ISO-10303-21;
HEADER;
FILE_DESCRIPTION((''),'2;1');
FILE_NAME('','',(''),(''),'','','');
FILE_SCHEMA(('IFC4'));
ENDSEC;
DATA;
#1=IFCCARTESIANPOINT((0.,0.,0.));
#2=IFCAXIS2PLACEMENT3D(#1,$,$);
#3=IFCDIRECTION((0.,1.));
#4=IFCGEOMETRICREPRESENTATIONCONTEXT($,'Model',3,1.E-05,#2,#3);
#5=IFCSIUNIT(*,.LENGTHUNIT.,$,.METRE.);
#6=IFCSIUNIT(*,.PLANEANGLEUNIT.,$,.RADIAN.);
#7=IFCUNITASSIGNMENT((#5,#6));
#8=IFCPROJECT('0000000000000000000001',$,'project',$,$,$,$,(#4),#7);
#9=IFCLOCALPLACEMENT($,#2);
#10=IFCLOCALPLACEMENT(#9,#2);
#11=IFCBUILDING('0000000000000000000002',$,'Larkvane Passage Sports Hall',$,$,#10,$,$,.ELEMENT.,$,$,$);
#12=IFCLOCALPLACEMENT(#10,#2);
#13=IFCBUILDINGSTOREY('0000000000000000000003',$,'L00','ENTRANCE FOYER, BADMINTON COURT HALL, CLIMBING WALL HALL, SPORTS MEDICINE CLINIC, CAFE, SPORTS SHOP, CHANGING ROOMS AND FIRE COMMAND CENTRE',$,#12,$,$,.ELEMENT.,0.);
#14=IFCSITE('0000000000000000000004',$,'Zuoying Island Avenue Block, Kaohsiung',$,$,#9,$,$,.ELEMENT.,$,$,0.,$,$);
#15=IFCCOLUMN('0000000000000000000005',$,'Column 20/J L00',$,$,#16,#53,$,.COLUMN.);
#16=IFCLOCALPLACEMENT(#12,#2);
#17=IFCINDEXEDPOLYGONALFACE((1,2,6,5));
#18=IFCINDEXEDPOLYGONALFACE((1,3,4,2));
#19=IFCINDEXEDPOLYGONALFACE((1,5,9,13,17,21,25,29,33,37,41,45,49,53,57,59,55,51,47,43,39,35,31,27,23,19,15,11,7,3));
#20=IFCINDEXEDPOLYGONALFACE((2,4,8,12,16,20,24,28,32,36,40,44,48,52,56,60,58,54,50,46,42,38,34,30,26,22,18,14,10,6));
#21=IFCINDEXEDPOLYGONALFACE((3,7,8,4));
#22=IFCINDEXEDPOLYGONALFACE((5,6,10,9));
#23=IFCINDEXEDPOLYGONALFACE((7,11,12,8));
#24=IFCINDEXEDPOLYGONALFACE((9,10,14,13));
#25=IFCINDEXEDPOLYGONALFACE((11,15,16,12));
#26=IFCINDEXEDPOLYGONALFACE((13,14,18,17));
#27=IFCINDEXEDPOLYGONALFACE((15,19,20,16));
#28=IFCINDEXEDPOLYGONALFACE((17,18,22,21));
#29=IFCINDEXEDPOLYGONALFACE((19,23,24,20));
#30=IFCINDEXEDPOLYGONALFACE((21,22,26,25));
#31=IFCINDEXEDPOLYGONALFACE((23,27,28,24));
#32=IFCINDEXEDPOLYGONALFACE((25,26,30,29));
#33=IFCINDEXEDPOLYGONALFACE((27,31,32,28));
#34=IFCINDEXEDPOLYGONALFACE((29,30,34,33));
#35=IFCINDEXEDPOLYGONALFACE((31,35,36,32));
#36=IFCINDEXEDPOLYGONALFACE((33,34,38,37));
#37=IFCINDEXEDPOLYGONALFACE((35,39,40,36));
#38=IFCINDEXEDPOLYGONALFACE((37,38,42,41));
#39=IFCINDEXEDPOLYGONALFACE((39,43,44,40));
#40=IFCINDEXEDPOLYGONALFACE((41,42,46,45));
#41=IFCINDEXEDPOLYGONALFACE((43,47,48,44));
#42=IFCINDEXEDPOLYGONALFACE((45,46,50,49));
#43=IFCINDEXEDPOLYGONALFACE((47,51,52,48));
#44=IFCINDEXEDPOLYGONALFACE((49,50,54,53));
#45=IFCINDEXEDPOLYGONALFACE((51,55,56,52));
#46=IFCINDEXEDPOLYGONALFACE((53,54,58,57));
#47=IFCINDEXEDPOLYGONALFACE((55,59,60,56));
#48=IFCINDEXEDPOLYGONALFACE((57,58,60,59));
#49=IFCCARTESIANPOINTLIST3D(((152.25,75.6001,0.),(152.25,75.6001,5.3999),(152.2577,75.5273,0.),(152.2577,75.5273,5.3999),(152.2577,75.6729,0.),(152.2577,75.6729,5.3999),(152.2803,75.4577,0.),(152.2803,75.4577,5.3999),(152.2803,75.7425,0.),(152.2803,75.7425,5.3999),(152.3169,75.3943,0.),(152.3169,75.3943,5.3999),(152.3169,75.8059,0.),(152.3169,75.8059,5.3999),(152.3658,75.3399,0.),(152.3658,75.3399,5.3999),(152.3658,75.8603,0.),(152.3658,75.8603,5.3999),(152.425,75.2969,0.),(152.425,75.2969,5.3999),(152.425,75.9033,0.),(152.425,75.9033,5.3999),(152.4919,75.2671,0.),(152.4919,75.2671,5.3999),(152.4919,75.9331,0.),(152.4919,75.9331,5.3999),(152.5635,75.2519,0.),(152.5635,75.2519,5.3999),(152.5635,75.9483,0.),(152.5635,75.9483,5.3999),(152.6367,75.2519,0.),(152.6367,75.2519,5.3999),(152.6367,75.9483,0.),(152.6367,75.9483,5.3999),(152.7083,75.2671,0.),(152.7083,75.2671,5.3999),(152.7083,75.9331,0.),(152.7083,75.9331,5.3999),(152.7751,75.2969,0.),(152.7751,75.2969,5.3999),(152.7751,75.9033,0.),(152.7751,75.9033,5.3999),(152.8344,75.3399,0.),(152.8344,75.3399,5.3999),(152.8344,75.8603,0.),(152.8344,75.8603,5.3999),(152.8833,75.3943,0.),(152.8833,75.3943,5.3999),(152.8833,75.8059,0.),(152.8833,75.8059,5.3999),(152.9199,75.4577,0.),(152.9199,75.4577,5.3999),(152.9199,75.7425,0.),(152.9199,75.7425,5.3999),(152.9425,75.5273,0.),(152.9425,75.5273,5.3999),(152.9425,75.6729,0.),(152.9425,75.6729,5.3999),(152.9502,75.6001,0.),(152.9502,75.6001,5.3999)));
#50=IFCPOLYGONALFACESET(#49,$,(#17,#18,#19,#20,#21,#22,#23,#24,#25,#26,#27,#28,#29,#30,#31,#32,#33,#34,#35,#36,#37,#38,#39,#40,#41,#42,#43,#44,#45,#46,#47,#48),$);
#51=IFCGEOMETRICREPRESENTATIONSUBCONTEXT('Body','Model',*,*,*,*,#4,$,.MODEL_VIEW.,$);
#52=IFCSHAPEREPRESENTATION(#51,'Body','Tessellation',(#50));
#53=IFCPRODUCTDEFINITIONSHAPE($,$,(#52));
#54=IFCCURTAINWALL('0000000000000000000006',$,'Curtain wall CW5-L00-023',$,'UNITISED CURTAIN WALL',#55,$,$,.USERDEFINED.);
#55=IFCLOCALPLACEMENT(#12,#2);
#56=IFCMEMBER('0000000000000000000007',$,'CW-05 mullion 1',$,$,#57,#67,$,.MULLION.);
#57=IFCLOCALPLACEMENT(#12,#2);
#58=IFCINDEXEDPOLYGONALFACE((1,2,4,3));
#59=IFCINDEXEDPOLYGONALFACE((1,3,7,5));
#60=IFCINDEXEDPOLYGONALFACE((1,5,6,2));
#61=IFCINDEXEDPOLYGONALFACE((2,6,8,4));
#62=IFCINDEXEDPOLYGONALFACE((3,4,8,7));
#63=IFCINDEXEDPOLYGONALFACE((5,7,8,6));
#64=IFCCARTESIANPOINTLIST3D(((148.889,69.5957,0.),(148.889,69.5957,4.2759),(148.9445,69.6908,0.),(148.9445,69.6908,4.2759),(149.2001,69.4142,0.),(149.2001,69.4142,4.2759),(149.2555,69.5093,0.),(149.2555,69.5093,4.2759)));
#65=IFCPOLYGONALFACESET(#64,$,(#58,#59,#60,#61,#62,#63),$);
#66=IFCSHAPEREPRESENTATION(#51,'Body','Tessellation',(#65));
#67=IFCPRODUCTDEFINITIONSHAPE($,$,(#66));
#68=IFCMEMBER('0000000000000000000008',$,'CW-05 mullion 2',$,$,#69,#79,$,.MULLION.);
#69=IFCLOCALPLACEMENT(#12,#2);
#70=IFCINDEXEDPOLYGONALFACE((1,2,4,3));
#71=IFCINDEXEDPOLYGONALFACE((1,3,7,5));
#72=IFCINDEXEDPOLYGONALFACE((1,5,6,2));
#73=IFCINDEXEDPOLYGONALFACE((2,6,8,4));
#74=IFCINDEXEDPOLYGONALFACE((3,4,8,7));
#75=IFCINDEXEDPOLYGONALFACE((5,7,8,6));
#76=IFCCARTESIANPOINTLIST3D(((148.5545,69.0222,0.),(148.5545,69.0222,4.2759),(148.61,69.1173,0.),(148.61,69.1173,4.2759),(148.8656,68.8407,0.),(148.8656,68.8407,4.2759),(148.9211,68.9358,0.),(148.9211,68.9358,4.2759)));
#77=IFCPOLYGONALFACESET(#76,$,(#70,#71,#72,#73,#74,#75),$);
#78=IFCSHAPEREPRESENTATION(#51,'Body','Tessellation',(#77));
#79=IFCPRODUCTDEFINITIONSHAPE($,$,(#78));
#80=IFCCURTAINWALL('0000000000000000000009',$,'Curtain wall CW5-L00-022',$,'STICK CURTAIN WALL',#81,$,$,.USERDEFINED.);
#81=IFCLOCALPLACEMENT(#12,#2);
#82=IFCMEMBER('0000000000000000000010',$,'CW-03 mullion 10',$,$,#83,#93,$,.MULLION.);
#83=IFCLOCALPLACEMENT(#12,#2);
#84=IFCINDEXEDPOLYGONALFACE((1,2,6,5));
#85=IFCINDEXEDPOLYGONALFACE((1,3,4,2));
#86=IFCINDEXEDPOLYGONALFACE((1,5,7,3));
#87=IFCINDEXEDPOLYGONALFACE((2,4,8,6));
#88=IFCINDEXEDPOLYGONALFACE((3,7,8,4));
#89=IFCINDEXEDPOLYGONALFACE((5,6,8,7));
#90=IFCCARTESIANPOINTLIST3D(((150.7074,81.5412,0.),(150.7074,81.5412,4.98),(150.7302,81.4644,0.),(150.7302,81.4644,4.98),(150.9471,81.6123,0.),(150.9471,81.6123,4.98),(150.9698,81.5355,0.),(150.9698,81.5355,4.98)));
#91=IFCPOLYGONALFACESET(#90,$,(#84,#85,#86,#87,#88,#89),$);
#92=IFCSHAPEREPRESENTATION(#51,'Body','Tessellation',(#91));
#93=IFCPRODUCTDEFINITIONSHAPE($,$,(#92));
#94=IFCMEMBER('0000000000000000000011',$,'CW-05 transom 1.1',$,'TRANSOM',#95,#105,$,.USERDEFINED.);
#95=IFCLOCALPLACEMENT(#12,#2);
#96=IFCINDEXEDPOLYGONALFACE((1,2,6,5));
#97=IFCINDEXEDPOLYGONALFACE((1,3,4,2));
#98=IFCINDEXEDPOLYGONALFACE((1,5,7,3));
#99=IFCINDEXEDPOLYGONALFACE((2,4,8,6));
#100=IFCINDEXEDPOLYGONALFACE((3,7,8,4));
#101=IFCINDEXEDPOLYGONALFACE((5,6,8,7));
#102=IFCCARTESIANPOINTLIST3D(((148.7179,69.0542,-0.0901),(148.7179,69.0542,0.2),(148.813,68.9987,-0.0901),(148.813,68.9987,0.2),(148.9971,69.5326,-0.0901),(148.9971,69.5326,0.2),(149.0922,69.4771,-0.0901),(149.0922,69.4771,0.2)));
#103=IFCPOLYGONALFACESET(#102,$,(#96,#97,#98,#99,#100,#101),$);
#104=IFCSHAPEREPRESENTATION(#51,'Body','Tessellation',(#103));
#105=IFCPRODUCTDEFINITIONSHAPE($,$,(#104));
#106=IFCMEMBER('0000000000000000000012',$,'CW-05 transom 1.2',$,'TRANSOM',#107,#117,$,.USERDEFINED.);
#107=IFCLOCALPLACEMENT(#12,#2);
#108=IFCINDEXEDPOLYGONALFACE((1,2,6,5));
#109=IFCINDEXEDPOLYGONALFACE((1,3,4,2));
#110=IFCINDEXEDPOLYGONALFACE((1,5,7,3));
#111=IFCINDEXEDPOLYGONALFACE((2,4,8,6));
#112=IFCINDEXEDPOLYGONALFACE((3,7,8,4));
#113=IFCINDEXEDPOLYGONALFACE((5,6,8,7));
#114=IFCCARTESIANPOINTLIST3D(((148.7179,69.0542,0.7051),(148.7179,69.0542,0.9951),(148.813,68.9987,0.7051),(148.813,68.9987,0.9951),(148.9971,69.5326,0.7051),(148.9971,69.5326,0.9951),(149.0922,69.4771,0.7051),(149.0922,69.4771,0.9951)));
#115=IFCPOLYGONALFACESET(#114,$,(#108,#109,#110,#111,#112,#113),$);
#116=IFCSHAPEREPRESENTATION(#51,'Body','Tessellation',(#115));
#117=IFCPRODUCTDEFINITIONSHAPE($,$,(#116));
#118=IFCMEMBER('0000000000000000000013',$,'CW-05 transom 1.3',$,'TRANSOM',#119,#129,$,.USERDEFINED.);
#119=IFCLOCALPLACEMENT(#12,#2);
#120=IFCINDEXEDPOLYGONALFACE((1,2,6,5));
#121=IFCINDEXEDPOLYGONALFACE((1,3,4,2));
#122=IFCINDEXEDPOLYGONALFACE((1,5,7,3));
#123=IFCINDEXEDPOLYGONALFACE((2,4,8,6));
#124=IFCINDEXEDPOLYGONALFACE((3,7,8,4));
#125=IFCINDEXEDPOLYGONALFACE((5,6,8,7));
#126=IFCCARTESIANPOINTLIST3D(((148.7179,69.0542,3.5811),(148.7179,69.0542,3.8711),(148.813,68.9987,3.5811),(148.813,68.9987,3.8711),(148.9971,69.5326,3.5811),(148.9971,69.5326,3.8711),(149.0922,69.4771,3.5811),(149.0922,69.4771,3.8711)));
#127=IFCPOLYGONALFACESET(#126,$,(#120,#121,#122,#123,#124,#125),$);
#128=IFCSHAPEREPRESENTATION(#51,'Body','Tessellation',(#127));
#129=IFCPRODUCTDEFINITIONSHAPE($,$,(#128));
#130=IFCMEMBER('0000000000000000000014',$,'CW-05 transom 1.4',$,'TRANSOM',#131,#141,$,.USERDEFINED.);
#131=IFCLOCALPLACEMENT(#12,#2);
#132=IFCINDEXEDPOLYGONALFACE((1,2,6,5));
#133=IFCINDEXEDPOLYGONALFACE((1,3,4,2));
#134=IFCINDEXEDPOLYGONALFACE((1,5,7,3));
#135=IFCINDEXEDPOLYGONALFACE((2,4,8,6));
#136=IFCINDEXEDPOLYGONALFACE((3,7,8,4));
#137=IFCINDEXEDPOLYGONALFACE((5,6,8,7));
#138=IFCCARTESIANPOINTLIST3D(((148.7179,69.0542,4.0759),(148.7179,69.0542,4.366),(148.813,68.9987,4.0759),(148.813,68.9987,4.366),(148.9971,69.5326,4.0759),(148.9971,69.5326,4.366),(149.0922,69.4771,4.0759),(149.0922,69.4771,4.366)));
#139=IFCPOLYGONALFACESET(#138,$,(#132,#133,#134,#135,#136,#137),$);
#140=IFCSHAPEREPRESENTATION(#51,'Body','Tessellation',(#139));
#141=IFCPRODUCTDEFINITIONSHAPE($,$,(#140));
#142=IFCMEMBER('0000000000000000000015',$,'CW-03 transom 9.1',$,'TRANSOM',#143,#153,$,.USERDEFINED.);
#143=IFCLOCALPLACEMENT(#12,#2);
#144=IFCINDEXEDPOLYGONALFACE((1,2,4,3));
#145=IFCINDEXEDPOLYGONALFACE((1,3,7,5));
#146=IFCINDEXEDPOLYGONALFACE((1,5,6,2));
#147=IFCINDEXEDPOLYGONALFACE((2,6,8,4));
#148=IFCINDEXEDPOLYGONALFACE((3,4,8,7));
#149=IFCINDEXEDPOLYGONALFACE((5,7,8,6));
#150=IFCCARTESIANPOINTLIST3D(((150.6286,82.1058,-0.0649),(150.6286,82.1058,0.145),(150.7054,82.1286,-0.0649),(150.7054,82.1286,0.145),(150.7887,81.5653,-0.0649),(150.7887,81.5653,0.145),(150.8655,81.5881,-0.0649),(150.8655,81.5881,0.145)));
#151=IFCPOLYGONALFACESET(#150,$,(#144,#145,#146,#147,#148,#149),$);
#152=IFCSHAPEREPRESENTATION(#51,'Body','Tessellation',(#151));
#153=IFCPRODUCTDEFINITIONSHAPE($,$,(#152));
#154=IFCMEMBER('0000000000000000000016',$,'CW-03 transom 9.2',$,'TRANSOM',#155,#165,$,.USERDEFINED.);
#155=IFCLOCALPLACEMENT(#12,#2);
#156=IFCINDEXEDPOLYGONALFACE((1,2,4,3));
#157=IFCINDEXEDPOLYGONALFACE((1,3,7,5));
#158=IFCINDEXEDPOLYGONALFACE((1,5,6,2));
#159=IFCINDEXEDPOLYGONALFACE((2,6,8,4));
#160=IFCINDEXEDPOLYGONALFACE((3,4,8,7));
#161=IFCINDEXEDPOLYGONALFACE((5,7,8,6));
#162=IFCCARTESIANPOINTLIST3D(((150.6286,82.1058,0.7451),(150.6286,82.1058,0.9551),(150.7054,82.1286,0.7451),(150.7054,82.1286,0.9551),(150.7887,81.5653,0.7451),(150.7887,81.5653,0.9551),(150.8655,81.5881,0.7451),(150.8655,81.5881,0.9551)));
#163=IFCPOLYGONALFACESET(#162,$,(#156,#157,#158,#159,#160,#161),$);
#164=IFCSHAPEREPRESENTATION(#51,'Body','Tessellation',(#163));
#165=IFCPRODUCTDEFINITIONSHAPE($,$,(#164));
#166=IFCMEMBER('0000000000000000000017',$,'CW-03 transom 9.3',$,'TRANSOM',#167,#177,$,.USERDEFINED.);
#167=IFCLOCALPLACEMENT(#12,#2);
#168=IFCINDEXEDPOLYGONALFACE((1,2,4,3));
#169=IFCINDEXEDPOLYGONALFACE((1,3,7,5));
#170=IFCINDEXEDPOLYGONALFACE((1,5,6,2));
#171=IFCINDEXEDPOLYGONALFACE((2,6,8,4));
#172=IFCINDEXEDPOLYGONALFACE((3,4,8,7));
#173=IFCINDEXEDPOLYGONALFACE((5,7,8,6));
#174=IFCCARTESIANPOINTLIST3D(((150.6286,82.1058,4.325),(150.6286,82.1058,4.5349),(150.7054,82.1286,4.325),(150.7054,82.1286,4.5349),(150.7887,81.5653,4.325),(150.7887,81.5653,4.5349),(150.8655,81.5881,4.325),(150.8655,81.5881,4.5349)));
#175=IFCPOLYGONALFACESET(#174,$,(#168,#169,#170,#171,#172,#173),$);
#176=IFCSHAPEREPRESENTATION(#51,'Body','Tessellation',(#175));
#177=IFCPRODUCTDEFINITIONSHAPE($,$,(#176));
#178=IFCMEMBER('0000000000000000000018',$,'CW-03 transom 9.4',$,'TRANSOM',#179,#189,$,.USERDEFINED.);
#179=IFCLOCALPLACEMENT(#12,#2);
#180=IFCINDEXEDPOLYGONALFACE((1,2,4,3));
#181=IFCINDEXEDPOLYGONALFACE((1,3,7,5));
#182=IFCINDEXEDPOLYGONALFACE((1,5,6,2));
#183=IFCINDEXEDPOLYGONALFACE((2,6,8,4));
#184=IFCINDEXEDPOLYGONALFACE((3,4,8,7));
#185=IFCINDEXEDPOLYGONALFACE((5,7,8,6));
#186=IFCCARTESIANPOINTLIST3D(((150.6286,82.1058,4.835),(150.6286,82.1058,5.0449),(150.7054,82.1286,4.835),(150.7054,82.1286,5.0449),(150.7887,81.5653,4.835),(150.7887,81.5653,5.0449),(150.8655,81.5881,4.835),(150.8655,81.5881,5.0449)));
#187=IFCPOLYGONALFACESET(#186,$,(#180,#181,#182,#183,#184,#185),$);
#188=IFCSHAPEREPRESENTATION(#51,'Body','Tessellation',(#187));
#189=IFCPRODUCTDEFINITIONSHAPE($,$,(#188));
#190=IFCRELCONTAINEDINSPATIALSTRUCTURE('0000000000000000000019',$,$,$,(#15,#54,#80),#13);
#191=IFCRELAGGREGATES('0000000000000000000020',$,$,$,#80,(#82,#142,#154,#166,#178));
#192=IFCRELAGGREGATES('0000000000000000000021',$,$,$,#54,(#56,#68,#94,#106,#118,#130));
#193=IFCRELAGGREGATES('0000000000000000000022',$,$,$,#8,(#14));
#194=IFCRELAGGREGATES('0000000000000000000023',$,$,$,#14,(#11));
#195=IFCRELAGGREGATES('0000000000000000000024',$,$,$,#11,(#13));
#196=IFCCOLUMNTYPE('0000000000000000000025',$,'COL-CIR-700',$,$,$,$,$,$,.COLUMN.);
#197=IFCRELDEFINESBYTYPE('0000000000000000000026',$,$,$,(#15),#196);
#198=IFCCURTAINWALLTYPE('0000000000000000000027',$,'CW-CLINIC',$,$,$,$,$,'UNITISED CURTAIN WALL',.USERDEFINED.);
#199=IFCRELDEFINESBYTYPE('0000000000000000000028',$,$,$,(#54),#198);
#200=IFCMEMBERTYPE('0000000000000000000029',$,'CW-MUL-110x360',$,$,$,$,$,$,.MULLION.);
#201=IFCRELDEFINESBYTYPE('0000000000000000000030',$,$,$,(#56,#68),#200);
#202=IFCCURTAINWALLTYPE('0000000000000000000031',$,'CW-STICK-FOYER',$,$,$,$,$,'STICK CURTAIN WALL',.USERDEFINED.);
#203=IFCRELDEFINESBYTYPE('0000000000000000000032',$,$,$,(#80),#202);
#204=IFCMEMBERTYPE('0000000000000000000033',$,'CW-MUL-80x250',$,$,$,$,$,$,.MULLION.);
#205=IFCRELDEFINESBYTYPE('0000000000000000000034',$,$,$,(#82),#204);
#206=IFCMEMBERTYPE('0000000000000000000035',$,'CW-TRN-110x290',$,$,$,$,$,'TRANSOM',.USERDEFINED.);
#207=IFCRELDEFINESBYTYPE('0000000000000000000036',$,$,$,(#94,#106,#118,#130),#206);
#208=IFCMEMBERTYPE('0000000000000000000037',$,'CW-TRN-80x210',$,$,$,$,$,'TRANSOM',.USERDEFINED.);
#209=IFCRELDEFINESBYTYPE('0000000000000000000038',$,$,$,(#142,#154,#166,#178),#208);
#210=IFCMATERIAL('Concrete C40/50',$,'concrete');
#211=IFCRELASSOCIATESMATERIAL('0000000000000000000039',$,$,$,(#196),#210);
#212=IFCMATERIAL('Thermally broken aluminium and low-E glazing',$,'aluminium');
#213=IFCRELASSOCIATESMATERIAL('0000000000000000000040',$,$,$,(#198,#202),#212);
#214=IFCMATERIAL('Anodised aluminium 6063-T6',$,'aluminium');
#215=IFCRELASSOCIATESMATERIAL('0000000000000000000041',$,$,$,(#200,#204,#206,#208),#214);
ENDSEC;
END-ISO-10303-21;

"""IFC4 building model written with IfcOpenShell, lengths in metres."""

from ifc_helpers import new_model, si_unit, direction, frame, origin, origin_2d, place, context, subcontext, project, spatial, rectangle, circle, extrude, material, material_profile, profile_set, type_object, element, aggregate, save


model = new_model("IFC4")

# Units and contexts
model_context = context("Model", 3, precision=1e-05, world=origin(), true_north=direction((0.0, 1.0)))
body_context = subcontext(model_context, "Body", "Model", "MODEL_VIEW")
ifc_project = project(units=[si_unit("LENGTHUNIT", "METRE"), si_unit("PLANEANGLEUNIT", "RADIAN")], contexts=[model_context])

# Site, building, storey
site_placement = place(None, origin())
site = spatial("IfcSite", under=ifc_project, at=site_placement, Name="Zuoying Island Avenue Block, Kaohsiung", CompositionType="ELEMENT", RefElevation=0.0)
building_placement = place(site_placement, origin())
building = spatial("IfcBuilding", under=site, at=building_placement, Name="Larkvane Passage Sports Hall", CompositionType="ELEMENT")
storey_placement = place(building_placement, origin())
storey = spatial("IfcBuildingStorey", under=building, at=storey_placement, Name="L00", Description="ENTRANCE FOYER, BADMINTON COURT HALL, CLIMBING WALL HALL, SPORTS MEDICINE CLINIC, CAFE, SPORTS SHOP, CHANGING ROOMS AND FIRE COMMAND CENTRE", CompositionType="ELEMENT", Elevation=0.0)

# Column
ifc_material_1 = material(Name="Concrete C40/50", Category="concrete")
ifc_material_profile_1 = material_profile(ifc_material_1, circle(Radius=0.3501, at=origin_2d()), Name="RC-CIR-700")
ifc_profile_set_1 = profile_set([ifc_material_profile_1], Name="Concrete C40/50")
column_type = type_object("IfcColumnType", Name="COL-CIR-700", PredefinedType="COLUMN", material=ifc_profile_set_1)
column_placement = place(storey_placement, frame((152.6001, 75.6001, 0.0), z_axis=(0.0, 0.0, 1.0), x_axis=(1.0, 0.0, 0.0)))
element("IfcColumn", 1, at=column_placement, inside=storey, type_object=column_type, Name="Column 20/J L00", PredefinedType="COLUMN", context=body_context, shape_type="SweptSolid", body=[
    extrude(circle(Radius=0.3501, at=origin_2d()), origin(), (0.0, 0.0, 1.0), 5.3999),
])

# Curtain wall, members
ifc_material_2 = material(Name="Thermally broken aluminium and low-E glazing", Category="aluminium")
curtain_wall_type_1 = type_object("IfcCurtainWallType", Name="CW-CLINIC", ElementType="UNITISED CURTAIN WALL", PredefinedType="USERDEFINED", material=ifc_material_2)
curtain_wall_1_placement = place(storey_placement, origin())
curtain_wall_1 = element("IfcCurtainWall", 2, at=curtain_wall_1_placement, inside=storey, type_object=curtain_wall_type_1, Name="Curtain wall CW5-L00-023", ObjectType="UNITISED CURTAIN WALL", PredefinedType="USERDEFINED")
ifc_material_3 = material(Name="Anodised aluminium 6063-T6", Category="aluminium")
ifc_material_profile_2 = material_profile(ifc_material_3, rectangle(XDim=0.1101, YDim=0.3601, at=origin_2d()), Name="ALU-MUL-110x360")
ifc_profile_set_2 = profile_set([ifc_material_profile_2], Name="Anodised aluminium 6063-T6")
member_type_1 = type_object("IfcMemberType", Name="CW-MUL-110x360", PredefinedType="MULLION", material=ifc_profile_set_2)
member_1_placement = place(storey_placement, frame((149.0723, 69.5525, 0.0), z_axis=(0.0, 0.0, 1.0), x_axis=(-0.503867, -0.863781, 0.0)))
member_1 = element("IfcMember", 3, at=member_1_placement, type_object=member_type_1, Name="CW-05 mullion 1", PredefinedType="MULLION", context=body_context, shape_type="SweptSolid", body=[
    extrude(rectangle(XDim=0.1101, YDim=0.3601, at=origin_2d()), origin(), (0.0, 0.0, 1.0), 4.2759),
])
member_2_placement = place(storey_placement, frame((148.7378, 68.979, 0.0), z_axis=(0.0, 0.0, 1.0), x_axis=(-0.503867, -0.863781, 0.0)))
member_2 = element("IfcMember", 4, at=member_2_placement, type_object=member_type_1, Name="CW-05 mullion 2", PredefinedType="MULLION", context=body_context, shape_type="SweptSolid", body=[
    extrude(rectangle(XDim=0.1101, YDim=0.3601, at=origin_2d()), origin(), (0.0, 0.0, 1.0), 4.2759),
])

# Curtain wall, member
curtain_wall_type_2 = type_object("IfcCurtainWallType", Name="CW-STICK-FOYER", ElementType="STICK CURTAIN WALL", PredefinedType="USERDEFINED", material=ifc_material_2)
curtain_wall_2_placement = place(storey_placement, origin())
curtain_wall_2 = element("IfcCurtainWall", 5, at=curtain_wall_2_placement, inside=storey, type_object=curtain_wall_type_2, Name="Curtain wall CW5-L00-022", ObjectType="STICK CURTAIN WALL", PredefinedType="USERDEFINED")
ifc_material_profile_3 = material_profile(ifc_material_3, rectangle(XDim=0.0801, YDim=0.25, at=origin_2d()), Name="ALU-MUL-80x250")
ifc_profile_set_3 = profile_set([ifc_material_profile_3], Name="Anodised aluminium 6063-T6")
member_type_2 = type_object("IfcMemberType", Name="CW-MUL-80x250", PredefinedType="MULLION", material=ifc_profile_set_3)
member_3_placement = place(storey_placement, frame((150.8386, 81.5383, 0.0), z_axis=(0.0, 0.0, 1.0), x_axis=(0.284365, -0.958716, 0.0)))
member_3 = element("IfcMember", 6, at=member_3_placement, type_object=member_type_2, Name="CW-03 mullion 10", PredefinedType="MULLION", context=body_context, shape_type="SweptSolid", body=[
    extrude(rectangle(XDim=0.0801, YDim=0.25, at=origin_2d()), origin(), (0.0, 0.0, 1.0), 4.98),
])

# Members
ifc_material_profile_4 = material_profile(ifc_material_3, rectangle(XDim=0.1101, YDim=0.29, at=origin_2d()), Name="ALU-TRN-110x290")
ifc_profile_set_4 = profile_set([ifc_material_profile_4], Name="Anodised aluminium 6063-T6")
member_type_3 = type_object("IfcMemberType", Name="CW-TRN-110x290", ElementType="TRANSOM", PredefinedType="USERDEFINED", material=ifc_profile_set_4)
member_4_placement = place(storey_placement, frame((149.0447, 69.5049, 0.0549), z_axis=(-0.50409, -0.863651, 0.0), x_axis=(0.863651, -0.50409, 0.0)))
member_4 = element("IfcMember", 7, at=member_4_placement, type_object=member_type_3, Name="CW-05 transom 1.1", ObjectType="TRANSOM", PredefinedType="USERDEFINED", context=body_context, shape_type="SweptSolid", body=[
    extrude(rectangle(XDim=0.1101, YDim=0.29, at=origin_2d()), origin(), (0.0, 0.0, 1.0), 0.554),
])
member_5_placement = place(storey_placement, frame((149.0447, 69.5049, 0.8501), z_axis=(-0.50409, -0.863651, 0.0), x_axis=(0.863651, -0.50409, 0.0)))
member_5 = element("IfcMember", 8, at=member_5_placement, type_object=member_type_3, Name="CW-05 transom 1.2", ObjectType="TRANSOM", PredefinedType="USERDEFINED", context=body_context, shape_type="SweptSolid", body=[
    extrude(rectangle(XDim=0.1101, YDim=0.29, at=origin_2d()), origin(), (0.0, 0.0, 1.0), 0.554),
])
member_6_placement = place(storey_placement, frame((149.0447, 69.5049, 3.7261), z_axis=(-0.50409, -0.863651, 0.0), x_axis=(0.863651, -0.50409, 0.0)))
member_6 = element("IfcMember", 9, at=member_6_placement, type_object=member_type_3, Name="CW-05 transom 1.3", ObjectType="TRANSOM", PredefinedType="USERDEFINED", context=body_context, shape_type="SweptSolid", body=[
    extrude(rectangle(XDim=0.1101, YDim=0.29, at=origin_2d()), origin(), (0.0, 0.0, 1.0), 0.554),
])
member_7_placement = place(storey_placement, frame((149.0447, 69.5049, 4.2209), z_axis=(-0.50409, -0.863651, 0.0), x_axis=(0.863651, -0.50409, 0.0)))
member_7 = element("IfcMember", 10, at=member_7_placement, type_object=member_type_3, Name="CW-05 transom 1.4", ObjectType="TRANSOM", PredefinedType="USERDEFINED", context=body_context, shape_type="SweptSolid", body=[
    extrude(rectangle(XDim=0.1101, YDim=0.29, at=origin_2d()), origin(), (0.0, 0.0, 1.0), 0.554),
])
ifc_material_profile_5 = material_profile(ifc_material_3, rectangle(XDim=0.0801, YDim=0.21, at=origin_2d()), Name="ALU-TRN-80x210")
ifc_profile_set_5 = profile_set([ifc_material_profile_5], Name="Anodised aluminium 6063-T6")
member_type_4 = type_object("IfcMemberType", Name="CW-TRN-80x210", ElementType="TRANSOM", PredefinedType="USERDEFINED", material=ifc_profile_set_5)
member_8_placement = place(storey_placement, frame((150.667, 82.1172, 0.04), z_axis=(0.284088, -0.958798, 0.0), x_axis=(0.958798, 0.284088, 0.0)))
member_8 = element("IfcMember", 11, at=member_8_placement, type_object=member_type_4, Name="CW-03 transom 9.1", ObjectType="TRANSOM", PredefinedType="USERDEFINED", context=body_context, shape_type="SweptSolid", body=[
    extrude(rectangle(XDim=0.0801, YDim=0.21, at=origin_2d()), origin(), (0.0, 0.0, 1.0), 0.5637),
])
member_9_placement = place(storey_placement, frame((150.667, 82.1172, 0.8501), z_axis=(0.284088, -0.958798, 0.0), x_axis=(0.958798, 0.284088, 0.0)))
member_9 = element("IfcMember", 12, at=member_9_placement, type_object=member_type_4, Name="CW-03 transom 9.2", ObjectType="TRANSOM", PredefinedType="USERDEFINED", context=body_context, shape_type="SweptSolid", body=[
    extrude(rectangle(XDim=0.0801, YDim=0.21, at=origin_2d()), origin(), (0.0, 0.0, 1.0), 0.5637),
])
member_10_placement = place(storey_placement, frame((150.667, 82.1172, 4.4299), z_axis=(0.284088, -0.958798, 0.0), x_axis=(0.958798, 0.284088, 0.0)))
member_10 = element("IfcMember", 13, at=member_10_placement, type_object=member_type_4, Name="CW-03 transom 9.3", ObjectType="TRANSOM", PredefinedType="USERDEFINED", context=body_context, shape_type="SweptSolid", body=[
    extrude(rectangle(XDim=0.0801, YDim=0.21, at=origin_2d()), origin(), (0.0, 0.0, 1.0), 0.5637),
])
member_11_placement = place(storey_placement, frame((150.667, 82.1172, 4.9399), z_axis=(0.284088, -0.958798, 0.0), x_axis=(0.958798, 0.284088, 0.0)))
member_11 = element("IfcMember", 14, at=member_11_placement, type_object=member_type_4, Name="CW-03 transom 9.4", ObjectType="TRANSOM", PredefinedType="USERDEFINED", context=body_context, shape_type="SweptSolid", body=[
    extrude(rectangle(XDim=0.0801, YDim=0.21, at=origin_2d()), origin(), (0.0, 0.0, 1.0), 0.5637),
])

aggregate(curtain_wall_2, [member_3, member_8, member_9, member_10, member_11])
aggregate(curtain_wall_1, [member_1, member_2, member_4, member_5, member_6, member_7])

save(model, "model.ifc")
